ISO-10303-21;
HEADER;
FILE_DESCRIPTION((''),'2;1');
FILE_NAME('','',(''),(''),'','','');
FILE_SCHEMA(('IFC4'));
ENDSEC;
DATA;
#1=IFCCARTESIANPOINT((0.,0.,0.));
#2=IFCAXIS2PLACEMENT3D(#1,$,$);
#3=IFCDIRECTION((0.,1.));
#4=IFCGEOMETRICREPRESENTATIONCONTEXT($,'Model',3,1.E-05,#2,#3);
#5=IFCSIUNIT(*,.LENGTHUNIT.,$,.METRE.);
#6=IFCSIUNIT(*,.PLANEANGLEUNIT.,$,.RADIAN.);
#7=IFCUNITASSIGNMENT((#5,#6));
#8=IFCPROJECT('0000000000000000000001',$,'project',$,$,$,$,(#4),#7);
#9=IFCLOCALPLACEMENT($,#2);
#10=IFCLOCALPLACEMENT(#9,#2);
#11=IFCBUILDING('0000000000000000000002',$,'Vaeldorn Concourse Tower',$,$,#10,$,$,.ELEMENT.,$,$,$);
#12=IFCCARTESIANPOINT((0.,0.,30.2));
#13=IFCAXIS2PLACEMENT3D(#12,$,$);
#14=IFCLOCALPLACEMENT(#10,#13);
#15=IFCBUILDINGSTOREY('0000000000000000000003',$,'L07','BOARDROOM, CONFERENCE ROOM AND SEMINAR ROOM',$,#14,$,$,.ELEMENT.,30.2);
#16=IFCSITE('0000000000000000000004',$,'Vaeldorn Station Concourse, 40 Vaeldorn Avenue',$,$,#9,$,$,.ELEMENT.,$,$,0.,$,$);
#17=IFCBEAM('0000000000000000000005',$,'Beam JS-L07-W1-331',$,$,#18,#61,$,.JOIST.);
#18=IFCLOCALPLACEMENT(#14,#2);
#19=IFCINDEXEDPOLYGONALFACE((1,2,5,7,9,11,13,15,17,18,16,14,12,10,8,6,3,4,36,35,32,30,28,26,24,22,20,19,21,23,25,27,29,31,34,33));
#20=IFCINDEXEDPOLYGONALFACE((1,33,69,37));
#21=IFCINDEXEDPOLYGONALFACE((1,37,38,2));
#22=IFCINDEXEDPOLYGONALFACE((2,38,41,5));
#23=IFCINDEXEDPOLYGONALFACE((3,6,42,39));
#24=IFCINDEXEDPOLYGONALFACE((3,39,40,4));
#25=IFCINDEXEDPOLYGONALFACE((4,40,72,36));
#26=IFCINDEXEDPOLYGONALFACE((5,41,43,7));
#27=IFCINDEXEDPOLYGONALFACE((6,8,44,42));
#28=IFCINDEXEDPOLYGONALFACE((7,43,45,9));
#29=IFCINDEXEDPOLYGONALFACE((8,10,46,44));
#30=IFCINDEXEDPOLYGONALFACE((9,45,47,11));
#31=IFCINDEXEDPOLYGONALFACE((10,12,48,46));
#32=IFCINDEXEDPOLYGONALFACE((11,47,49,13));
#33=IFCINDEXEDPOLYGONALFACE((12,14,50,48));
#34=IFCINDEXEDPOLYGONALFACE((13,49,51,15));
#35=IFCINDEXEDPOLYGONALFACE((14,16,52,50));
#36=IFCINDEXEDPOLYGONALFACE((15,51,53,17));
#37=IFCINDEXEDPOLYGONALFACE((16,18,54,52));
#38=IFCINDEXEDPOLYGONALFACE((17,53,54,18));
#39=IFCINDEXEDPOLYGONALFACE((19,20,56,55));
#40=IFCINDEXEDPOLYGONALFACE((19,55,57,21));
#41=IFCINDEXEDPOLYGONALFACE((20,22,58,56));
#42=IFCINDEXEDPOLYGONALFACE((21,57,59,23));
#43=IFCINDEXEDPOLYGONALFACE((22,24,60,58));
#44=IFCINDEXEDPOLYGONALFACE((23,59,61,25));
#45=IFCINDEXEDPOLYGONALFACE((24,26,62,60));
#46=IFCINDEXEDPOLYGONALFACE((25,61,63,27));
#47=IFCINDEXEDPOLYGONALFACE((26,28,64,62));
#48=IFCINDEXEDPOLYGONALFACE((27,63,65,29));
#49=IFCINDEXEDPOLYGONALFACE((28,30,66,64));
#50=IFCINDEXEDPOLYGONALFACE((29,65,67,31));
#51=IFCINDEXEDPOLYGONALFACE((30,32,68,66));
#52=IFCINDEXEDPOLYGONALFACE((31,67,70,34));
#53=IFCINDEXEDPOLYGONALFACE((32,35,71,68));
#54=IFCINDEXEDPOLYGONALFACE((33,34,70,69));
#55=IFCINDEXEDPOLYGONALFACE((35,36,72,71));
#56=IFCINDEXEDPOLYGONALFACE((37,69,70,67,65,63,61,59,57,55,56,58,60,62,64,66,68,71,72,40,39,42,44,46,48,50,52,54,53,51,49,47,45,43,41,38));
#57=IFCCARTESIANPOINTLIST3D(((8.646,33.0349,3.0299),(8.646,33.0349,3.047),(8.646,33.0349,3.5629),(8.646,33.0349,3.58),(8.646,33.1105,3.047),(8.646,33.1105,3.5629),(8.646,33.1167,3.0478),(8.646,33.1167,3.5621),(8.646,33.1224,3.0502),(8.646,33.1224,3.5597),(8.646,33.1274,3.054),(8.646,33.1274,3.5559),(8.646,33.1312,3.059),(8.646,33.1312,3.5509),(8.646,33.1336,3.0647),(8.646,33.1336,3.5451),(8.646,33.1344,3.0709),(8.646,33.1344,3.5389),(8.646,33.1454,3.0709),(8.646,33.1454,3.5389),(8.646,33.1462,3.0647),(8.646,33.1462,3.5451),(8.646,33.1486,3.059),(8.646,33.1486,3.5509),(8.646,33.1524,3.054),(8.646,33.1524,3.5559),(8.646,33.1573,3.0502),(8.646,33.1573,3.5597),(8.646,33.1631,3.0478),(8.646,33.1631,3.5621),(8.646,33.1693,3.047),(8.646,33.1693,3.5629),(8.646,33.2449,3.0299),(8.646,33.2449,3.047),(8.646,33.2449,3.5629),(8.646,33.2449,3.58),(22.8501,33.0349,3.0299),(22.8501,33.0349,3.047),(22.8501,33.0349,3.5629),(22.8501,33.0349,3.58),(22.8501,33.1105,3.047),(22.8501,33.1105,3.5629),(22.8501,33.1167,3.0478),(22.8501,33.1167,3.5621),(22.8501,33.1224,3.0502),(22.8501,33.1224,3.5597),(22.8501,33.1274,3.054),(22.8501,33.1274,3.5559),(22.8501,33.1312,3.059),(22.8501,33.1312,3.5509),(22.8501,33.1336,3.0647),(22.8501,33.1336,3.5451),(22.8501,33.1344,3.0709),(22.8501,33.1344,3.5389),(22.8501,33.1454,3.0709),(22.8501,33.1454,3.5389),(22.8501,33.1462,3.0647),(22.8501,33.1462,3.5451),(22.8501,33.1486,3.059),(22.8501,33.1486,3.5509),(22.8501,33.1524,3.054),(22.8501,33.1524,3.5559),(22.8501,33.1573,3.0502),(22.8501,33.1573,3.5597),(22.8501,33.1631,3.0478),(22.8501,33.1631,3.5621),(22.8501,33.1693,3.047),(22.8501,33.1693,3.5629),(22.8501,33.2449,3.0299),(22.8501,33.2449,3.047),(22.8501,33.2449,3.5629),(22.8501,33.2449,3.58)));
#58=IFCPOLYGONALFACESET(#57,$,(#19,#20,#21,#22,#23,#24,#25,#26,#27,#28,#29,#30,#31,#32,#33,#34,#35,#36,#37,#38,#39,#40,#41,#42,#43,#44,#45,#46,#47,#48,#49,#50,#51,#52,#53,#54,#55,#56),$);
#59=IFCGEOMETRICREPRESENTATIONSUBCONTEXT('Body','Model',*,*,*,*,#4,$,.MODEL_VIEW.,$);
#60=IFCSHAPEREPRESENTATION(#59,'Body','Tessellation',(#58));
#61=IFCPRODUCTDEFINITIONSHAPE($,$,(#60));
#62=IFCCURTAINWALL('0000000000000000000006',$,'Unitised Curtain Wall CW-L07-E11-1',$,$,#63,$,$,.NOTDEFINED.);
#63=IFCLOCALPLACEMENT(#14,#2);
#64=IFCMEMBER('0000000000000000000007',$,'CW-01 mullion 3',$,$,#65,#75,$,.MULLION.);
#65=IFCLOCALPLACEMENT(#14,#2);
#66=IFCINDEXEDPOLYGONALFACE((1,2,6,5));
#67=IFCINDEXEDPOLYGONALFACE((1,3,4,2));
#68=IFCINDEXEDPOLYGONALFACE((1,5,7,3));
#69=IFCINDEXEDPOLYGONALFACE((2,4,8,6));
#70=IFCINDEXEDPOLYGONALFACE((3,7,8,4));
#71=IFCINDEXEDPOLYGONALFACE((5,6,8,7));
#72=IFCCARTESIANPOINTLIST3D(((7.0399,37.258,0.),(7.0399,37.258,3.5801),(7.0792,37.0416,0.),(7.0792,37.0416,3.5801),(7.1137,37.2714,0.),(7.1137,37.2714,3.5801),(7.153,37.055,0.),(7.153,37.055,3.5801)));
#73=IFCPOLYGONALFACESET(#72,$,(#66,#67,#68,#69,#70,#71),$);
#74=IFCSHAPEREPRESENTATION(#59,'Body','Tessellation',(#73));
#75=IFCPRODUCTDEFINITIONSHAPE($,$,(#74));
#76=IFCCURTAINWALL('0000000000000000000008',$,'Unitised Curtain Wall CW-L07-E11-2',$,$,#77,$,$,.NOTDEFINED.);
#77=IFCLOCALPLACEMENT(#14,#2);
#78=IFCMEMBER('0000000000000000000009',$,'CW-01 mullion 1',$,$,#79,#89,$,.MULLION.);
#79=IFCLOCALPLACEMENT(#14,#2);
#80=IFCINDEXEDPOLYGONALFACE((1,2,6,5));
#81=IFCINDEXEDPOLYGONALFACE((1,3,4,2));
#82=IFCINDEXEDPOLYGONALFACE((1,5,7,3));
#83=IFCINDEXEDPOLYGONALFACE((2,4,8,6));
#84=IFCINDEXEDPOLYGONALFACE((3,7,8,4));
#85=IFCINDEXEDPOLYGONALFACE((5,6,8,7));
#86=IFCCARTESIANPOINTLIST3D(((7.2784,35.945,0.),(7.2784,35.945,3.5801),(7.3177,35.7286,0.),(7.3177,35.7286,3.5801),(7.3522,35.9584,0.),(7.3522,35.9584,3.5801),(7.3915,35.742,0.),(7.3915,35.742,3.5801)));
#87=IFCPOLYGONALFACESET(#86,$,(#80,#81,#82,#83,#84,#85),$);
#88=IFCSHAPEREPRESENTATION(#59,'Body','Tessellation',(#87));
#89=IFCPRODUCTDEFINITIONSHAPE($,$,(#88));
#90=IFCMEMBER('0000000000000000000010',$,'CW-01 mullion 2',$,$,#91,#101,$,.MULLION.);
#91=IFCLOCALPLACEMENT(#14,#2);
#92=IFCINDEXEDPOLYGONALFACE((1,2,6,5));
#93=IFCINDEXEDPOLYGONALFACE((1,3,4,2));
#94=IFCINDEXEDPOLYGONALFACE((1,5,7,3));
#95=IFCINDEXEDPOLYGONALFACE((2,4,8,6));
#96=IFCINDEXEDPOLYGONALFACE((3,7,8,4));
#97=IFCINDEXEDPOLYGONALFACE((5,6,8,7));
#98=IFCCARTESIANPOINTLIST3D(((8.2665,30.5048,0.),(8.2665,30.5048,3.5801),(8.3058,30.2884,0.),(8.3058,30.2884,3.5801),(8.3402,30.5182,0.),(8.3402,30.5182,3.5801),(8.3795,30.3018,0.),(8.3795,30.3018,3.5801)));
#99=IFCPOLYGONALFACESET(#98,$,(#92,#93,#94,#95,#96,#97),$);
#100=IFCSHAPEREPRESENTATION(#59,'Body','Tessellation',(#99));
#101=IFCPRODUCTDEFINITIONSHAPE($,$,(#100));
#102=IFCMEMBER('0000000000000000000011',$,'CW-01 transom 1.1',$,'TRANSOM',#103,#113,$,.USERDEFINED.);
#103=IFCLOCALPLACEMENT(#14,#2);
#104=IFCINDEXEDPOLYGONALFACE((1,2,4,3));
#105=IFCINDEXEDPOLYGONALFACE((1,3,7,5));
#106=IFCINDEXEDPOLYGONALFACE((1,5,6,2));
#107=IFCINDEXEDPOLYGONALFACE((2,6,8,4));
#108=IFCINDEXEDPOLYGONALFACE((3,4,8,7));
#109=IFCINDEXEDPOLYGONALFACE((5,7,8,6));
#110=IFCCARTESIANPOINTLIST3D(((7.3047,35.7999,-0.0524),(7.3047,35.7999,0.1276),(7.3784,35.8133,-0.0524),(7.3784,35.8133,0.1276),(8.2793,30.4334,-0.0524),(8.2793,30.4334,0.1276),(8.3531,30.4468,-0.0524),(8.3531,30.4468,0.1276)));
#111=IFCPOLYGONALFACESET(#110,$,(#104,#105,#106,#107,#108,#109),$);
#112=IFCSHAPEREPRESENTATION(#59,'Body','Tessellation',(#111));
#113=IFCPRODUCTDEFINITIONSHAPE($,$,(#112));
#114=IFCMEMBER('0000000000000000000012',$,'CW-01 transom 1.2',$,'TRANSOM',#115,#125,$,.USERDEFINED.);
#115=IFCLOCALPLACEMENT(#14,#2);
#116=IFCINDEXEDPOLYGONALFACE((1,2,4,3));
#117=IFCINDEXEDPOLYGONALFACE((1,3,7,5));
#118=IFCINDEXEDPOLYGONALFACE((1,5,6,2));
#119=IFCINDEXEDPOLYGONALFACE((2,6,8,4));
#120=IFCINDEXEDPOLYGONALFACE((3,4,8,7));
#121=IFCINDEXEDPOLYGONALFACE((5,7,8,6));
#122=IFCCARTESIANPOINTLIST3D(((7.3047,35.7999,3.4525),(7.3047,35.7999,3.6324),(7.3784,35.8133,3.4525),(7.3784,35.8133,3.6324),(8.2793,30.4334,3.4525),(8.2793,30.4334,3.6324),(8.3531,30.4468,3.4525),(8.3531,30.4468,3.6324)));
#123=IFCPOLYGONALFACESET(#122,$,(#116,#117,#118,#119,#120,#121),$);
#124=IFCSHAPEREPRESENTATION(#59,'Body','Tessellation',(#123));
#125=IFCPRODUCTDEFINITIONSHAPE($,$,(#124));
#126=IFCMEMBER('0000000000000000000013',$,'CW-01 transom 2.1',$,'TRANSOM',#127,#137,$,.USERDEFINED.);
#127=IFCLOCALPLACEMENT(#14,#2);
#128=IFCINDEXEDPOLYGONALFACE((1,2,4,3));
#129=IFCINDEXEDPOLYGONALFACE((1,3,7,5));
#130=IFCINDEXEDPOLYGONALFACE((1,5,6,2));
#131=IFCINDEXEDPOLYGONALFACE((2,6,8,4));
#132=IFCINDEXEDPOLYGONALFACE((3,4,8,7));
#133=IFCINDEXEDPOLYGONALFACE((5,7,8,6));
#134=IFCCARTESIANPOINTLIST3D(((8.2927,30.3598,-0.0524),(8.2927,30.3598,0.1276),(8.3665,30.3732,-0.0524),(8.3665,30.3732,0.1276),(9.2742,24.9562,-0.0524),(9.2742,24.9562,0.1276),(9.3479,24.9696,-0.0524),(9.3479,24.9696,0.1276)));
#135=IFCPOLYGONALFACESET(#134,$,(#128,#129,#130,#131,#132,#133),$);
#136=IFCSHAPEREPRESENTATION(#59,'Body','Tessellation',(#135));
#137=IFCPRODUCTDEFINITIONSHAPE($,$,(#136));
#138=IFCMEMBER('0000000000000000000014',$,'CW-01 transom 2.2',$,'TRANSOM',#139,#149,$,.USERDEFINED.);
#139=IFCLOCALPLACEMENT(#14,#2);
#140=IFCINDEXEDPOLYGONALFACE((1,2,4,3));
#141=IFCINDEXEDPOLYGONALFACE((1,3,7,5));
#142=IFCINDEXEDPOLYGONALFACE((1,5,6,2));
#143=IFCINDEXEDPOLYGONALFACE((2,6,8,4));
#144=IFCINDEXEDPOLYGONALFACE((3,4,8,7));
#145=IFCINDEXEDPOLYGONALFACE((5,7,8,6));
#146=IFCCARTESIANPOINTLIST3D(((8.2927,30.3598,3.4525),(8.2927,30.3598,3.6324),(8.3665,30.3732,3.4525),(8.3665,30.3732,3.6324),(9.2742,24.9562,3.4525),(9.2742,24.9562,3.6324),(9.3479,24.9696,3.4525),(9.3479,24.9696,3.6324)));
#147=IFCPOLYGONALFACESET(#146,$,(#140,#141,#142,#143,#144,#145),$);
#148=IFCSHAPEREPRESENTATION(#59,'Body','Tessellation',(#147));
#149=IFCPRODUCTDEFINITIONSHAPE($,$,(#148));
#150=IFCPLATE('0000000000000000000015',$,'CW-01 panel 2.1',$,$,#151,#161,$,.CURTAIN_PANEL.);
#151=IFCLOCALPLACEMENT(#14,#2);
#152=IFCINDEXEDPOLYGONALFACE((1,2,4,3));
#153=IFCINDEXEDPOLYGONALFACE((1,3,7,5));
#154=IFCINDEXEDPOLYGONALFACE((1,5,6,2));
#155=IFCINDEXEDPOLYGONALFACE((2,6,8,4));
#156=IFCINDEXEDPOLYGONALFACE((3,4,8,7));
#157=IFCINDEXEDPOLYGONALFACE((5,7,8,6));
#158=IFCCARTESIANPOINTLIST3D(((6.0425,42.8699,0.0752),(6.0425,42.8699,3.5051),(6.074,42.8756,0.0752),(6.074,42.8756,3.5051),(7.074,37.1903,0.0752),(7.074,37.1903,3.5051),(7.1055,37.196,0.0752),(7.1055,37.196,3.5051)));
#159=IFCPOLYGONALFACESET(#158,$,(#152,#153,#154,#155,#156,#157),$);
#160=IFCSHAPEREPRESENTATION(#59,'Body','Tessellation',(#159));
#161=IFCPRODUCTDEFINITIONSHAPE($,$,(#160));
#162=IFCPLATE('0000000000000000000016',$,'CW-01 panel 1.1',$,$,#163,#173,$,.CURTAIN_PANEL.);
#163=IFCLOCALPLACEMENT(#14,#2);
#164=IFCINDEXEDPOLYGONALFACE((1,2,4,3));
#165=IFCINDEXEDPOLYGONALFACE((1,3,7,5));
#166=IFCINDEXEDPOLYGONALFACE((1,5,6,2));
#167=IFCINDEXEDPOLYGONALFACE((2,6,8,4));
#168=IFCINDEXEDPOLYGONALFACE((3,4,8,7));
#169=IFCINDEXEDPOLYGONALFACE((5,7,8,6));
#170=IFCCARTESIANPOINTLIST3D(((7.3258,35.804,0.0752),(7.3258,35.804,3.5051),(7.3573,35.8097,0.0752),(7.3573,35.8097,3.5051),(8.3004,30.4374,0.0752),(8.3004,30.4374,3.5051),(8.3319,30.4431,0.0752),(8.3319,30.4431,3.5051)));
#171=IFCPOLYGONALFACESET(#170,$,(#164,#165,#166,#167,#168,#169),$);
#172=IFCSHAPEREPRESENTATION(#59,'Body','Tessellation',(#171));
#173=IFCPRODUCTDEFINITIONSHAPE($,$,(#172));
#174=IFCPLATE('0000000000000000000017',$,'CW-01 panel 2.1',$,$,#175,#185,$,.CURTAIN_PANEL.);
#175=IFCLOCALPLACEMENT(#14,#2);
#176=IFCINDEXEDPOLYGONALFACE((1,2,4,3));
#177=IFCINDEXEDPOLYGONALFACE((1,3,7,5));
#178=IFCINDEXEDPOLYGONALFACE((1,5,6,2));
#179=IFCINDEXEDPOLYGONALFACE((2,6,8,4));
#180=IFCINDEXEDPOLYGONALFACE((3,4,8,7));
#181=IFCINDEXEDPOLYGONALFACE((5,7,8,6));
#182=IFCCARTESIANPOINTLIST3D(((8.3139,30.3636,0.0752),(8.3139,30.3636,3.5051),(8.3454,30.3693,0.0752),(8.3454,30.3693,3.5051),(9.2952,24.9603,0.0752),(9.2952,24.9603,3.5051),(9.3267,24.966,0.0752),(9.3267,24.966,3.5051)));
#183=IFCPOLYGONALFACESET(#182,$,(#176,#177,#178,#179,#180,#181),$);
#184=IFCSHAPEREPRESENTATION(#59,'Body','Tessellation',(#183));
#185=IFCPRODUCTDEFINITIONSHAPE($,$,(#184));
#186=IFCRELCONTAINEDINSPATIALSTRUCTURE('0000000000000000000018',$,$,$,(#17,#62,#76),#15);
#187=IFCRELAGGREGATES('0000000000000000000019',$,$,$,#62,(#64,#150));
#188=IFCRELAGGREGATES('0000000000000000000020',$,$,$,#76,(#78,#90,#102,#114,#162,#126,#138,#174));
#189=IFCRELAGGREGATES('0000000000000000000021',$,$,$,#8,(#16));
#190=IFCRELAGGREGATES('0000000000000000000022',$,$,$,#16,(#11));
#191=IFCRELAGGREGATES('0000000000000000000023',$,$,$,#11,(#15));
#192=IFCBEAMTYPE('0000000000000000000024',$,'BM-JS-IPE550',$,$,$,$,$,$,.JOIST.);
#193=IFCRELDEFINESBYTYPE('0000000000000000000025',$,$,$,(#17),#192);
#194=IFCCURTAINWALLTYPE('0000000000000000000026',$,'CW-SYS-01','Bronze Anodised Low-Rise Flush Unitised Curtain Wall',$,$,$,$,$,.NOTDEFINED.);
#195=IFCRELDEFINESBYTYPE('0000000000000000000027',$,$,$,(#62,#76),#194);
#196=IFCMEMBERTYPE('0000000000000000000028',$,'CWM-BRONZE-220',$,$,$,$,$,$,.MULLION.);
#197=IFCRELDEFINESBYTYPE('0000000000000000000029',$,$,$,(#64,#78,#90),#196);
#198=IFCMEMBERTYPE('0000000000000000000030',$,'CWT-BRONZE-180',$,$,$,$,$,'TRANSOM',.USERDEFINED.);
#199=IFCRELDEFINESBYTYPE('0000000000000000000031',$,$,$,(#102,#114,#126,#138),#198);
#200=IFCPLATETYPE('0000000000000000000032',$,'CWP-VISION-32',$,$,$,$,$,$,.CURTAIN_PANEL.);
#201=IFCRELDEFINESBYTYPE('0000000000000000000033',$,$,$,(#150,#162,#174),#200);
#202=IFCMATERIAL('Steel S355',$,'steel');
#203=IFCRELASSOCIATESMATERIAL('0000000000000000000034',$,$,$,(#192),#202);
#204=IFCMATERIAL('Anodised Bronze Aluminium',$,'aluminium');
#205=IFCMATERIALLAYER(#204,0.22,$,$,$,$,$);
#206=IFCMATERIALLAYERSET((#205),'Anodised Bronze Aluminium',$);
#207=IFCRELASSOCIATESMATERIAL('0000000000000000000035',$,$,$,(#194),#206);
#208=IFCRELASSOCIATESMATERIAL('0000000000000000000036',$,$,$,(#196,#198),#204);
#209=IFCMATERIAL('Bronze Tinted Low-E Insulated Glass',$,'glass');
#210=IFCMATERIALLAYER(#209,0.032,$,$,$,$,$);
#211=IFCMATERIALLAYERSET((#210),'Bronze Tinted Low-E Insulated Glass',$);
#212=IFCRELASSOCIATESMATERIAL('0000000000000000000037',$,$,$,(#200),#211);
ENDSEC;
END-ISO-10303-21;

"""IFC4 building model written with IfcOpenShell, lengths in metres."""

from ifc_helpers import new_model, si_unit, direction, frame, origin, origin_2d, place, context, subcontext, project, spatial, rectangle, i_section, extrude, source, transform, mapped, material, layer, layer_set, material_profile, profile_set, type_object, element, aggregate, save


model = new_model("IFC4")

# Units and contexts
model_context = context("Model", 3, precision=1e-05, world=origin(), true_north=direction((0.0, 1.0)))
body_context = subcontext(model_context, "Body", "Model", "MODEL_VIEW")
ifc_project = project(units=[si_unit("LENGTHUNIT", "METRE"), si_unit("PLANEANGLEUNIT", "RADIAN")], contexts=[model_context])

# Site, building, storey
site_placement = place(None, origin())
site = spatial("IfcSite", under=ifc_project, at=site_placement, Name="Vaeldorn Station Concourse, 40 Vaeldorn Avenue", CompositionType="ELEMENT", RefElevation=0.0)
building_placement = place(site_placement, origin())
building = spatial("IfcBuilding", under=site, at=building_placement, Name="Vaeldorn Concourse Tower", CompositionType="ELEMENT")
storey_placement = place(building_placement, frame((0.0, 0.0, 30.2)))
storey = spatial("IfcBuildingStorey", under=building, at=storey_placement, Name="L07", Description="BOARDROOM, CONFERENCE ROOM AND SEMINAR ROOM", CompositionType="ELEMENT", Elevation=30.2)

# Beam
ifc_material_1 = material(Name="Steel S355", Category="steel")
ifc_material_profile_1 = material_profile(ifc_material_1, i_section(OverallWidth=0.21, OverallDepth=0.55, WebThickness=0.011, FlangeThickness=0.0171, FilletRadius=0.0239, at=origin_2d()), Name="IPE 550")
ifc_profile_set_1 = profile_set([ifc_material_profile_1], Name="Steel S355")
beam_type_1 = type_object("IfcBeamType", Name="BM-JS-IPE550", PredefinedType="JOIST", material=ifc_profile_set_1)
shared_shape_1 = source(origin(), body_context, "Body", "SweptSolid", [
    extrude(i_section(OverallWidth=0.21, OverallDepth=0.55, WebThickness=0.011, FlangeThickness=0.0171, FilletRadius=0.0239, at=origin_2d()), origin(), (0.0, 0.0, 1.0), 14.2041),
])
beam_1_placement = place(storey_placement, frame((8.646, 33.1399, 3.3049), z_axis=(1.0, 0.0, 0.0), x_axis=(0.0, 1.0, 0.0)))
element("IfcBeam", 1, at=beam_1_placement, inside=storey, type_object=beam_type_1, Name="Beam JS-L07-W1-331", PredefinedType="JOIST", context=body_context, shape_type="MappedRepresentation", body=[
    mapped(shared_shape_1, transform((0.0, 0.0, 0.0), scale=1.0)),
])

# Curtain wall, member
ifc_material_2 = material(Name="Anodised Bronze Aluminium", Category="aluminium")
ifc_layer_1 = layer(ifc_material_2, 0.22)
ifc_layer_set_1 = layer_set([ifc_layer_1], Name="Anodised Bronze Aluminium")
curtain_wall_type = type_object("IfcCurtainWallType", Name="CW-SYS-01", Description="Bronze Anodised Low-Rise Flush Unitised Curtain Wall", PredefinedType="NOTDEFINED", material=ifc_layer_set_1)
curtain_wall_1_placement = place(storey_placement, origin())
curtain_wall_1 = element("IfcCurtainWall", 2, at=curtain_wall_1_placement, inside=storey, type_object=curtain_wall_type, Name="Unitised Curtain Wall CW-L07-E11-1", PredefinedType="NOTDEFINED")
ifc_material_profile_2 = material_profile(ifc_material_2, rectangle(XDim=0.075, YDim=0.22, at=origin_2d()), Name="CWM 75x220")
ifc_profile_set_2 = profile_set([ifc_material_profile_2], Name="Anodised Bronze Aluminium")
member_type_1 = type_object("IfcMemberType", Name="CWM-BRONZE-220", PredefinedType="MULLION", material=ifc_profile_set_2)
shared_shape_2 = source(origin(), body_context, "Body", "SweptSolid", [
    extrude(rectangle(XDim=0.075, YDim=0.22, at=origin_2d()), origin(), (0.0, 0.0, 1.0), 3.5801),
])
member_1_placement = place(storey_placement, frame((7.0964, 37.1565, 0.0), z_axis=(0.0, 0.0, 1.0), x_axis=(0.983905, 0.178693, 0.0)))
member_1 = element("IfcMember", 3, at=member_1_placement, type_object=member_type_1, Name="CW-01 mullion 3", PredefinedType="MULLION", context=body_context, shape_type="MappedRepresentation", body=[
    mapped(shared_shape_2, transform((0.0, 0.0, 0.0), scale=1.0)),
])

# Curtain wall, members
curtain_wall_2_placement = place(storey_placement, origin())
curtain_wall_2 = element("IfcCurtainWall", 4, at=curtain_wall_2_placement, inside=storey, type_object=curtain_wall_type, Name="Unitised Curtain Wall CW-L07-E11-2", PredefinedType="NOTDEFINED")
member_2_placement = place(storey_placement, frame((7.335, 35.8435, 0.0), z_axis=(0.0, 0.0, 1.0), x_axis=(0.983905, 0.178693, 0.0)))
member_2 = element("IfcMember", 5, at=member_2_placement, type_object=member_type_1, Name="CW-01 mullion 1", PredefinedType="MULLION", context=body_context, shape_type="MappedRepresentation", body=[
    mapped(shared_shape_2, transform((0.0, 0.0, 0.0), scale=1.0)),
])
member_3_placement = place(storey_placement, frame((8.323, 30.4033, 0.0), z_axis=(0.0, 0.0, 1.0), x_axis=(0.983905, 0.178693, 0.0)))
member_3 = element("IfcMember", 6, at=member_3_placement, type_object=member_type_1, Name="CW-01 mullion 2", PredefinedType="MULLION", context=body_context, shape_type="MappedRepresentation", body=[
    mapped(shared_shape_2, transform((0.0, 0.0, 0.0), scale=1.0)),
])
ifc_material_profile_3 = material_profile(ifc_material_2, rectangle(XDim=0.075, YDim=0.1799, at=origin_2d()), Name="CWT 75x180")
ifc_profile_set_3 = profile_set([ifc_material_profile_3], Name="Anodised Bronze Aluminium")
member_type_2 = type_object("IfcMemberType", Name="CWT-BRONZE-180", ElementType="TRANSOM", PredefinedType="USERDEFINED", material=ifc_profile_set_3)
shared_shape_3 = source(origin(), body_context, "Body", "SweptSolid", [
    extrude(rectangle(XDim=0.075, YDim=0.1799, at=origin_2d()), origin(), (0.0, 0.0, 1.0), 5.4543),
])
member_4_placement = place(storey_placement, frame((7.3416, 35.8066, 0.0376), z_axis=(0.178688, -0.983906, 0.0), x_axis=(0.983906, 0.178688, 0.0)))
member_4 = element("IfcMember", 7, at=member_4_placement, type_object=member_type_2, Name="CW-01 transom 1.1", ObjectType="TRANSOM", PredefinedType="USERDEFINED", context=body_context, shape_type="MappedRepresentation", body=[
    mapped(shared_shape_3, transform((0.0, 0.0, 0.0), scale=1.0)),
])
member_5_placement = place(storey_placement, frame((7.3416, 35.8066, 3.5425), z_axis=(0.178688, -0.983906, 0.0), x_axis=(0.983906, 0.178688, 0.0)))
member_5 = element("IfcMember", 8, at=member_5_placement, type_object=member_type_2, Name="CW-01 transom 1.2", ObjectType="TRANSOM", PredefinedType="USERDEFINED", context=body_context, shape_type="MappedRepresentation", body=[
    mapped(shared_shape_3, transform((0.0, 0.0, 0.0), scale=1.0)),
])
shared_shape_4 = source(origin(), body_context, "Body", "SweptSolid", [
    extrude(rectangle(XDim=0.075, YDim=0.1799, at=origin_2d()), origin(), (0.0, 0.0, 1.0), 5.4919),
])
member_6_placement = place(storey_placement, frame((8.3296, 30.3665, 0.0376), z_axis=(0.178705, -0.983903, 0.0), x_axis=(0.983903, 0.178705, 0.0)))
member_6 = element("IfcMember", 9, at=member_6_placement, type_object=member_type_2, Name="CW-01 transom 2.1", ObjectType="TRANSOM", PredefinedType="USERDEFINED", context=body_context, shape_type="MappedRepresentation", body=[
    mapped(shared_shape_4, transform((0.0, 0.0, 0.0), scale=1.0)),
])
member_7_placement = place(storey_placement, frame((8.3296, 30.3665, 3.5425), z_axis=(0.178705, -0.983903, 0.0), x_axis=(0.983903, 0.178705, 0.0)))
member_7 = element("IfcMember", 10, at=member_7_placement, type_object=member_type_2, Name="CW-01 transom 2.2", ObjectType="TRANSOM", PredefinedType="USERDEFINED", context=body_context, shape_type="MappedRepresentation", body=[
    mapped(shared_shape_4, transform((0.0, 0.0, 0.0), scale=1.0)),
])

# Plates
ifc_material_3 = material(Name="Bronze Tinted Low-E Insulated Glass", Category="glass")
ifc_layer_2 = layer(ifc_material_3, 0.032)
ifc_layer_set_2 = layer_set([ifc_layer_2], Name="Bronze Tinted Low-E Insulated Glass")
plate_type = type_object("IfcPlateType", Name="CWP-VISION-32", PredefinedType="CURTAIN_PANEL", material=ifc_layer_set_2)
shared_shape_5 = source(origin(), body_context, "Body", "SweptSolid", [
    extrude(rectangle(XDim=5.7725, YDim=0.032, at=origin_2d()), origin(), (0.0, 0.0, 1.0), 3.4299),
])
plate_1_placement = place(storey_placement, frame((6.574, 40.033, 0.0752), z_axis=(0.0, 0.0, 1.0), x_axis=(0.178693, -0.983905, 0.0)))
plate_1 = element("IfcPlate", 11, at=plate_1_placement, type_object=plate_type, Name="CW-01 panel 2.1", PredefinedType="CURTAIN_PANEL", context=body_context, shape_type="MappedRepresentation", body=[
    mapped(shared_shape_5, transform((0.0, 0.0, 0.0), scale=1.0)),
])
aggregate(curtain_wall_1, [member_1, plate_1])
shared_shape_6 = source(origin(), body_context, "Body", "SweptSolid", [
    extrude(rectangle(XDim=5.4543, YDim=0.032, at=origin_2d()), origin(), (0.0, 0.0, 1.0), 3.4299),
])
plate_2_placement = place(storey_placement, frame((7.8289, 33.1235, 0.0752), z_axis=(0.0, 0.0, 1.0), x_axis=(0.178693, -0.983905, 0.0)))
plate_2 = element("IfcPlate", 12, at=plate_2_placement, type_object=plate_type, Name="CW-01 panel 1.1", PredefinedType="CURTAIN_PANEL", context=body_context, shape_type="MappedRepresentation", body=[
    mapped(shared_shape_6, transform((0.0, 0.0, 0.0), scale=1.0)),
])
shared_shape_7 = source(origin(), body_context, "Body", "SweptSolid", [
    extrude(rectangle(XDim=5.4917, YDim=0.032, at=origin_2d()), origin(), (0.0, 0.0, 1.0), 3.4299),
])
plate_3_placement = place(storey_placement, frame((8.8203, 27.6648, 0.0752), z_axis=(0.0, 0.0, 1.0), x_axis=(0.178693, -0.983905, 0.0)))
plate_3 = element("IfcPlate", 13, at=plate_3_placement, type_object=plate_type, Name="CW-01 panel 2.1", PredefinedType="CURTAIN_PANEL", context=body_context, shape_type="MappedRepresentation", body=[
    mapped(shared_shape_7, transform((0.0, 0.0, 0.0), scale=1.0)),
])
aggregate(curtain_wall_2, [member_2, member_3, member_4, member_5, plate_2, member_6, member_7, plate_3])

save(model, "model.ifc")
